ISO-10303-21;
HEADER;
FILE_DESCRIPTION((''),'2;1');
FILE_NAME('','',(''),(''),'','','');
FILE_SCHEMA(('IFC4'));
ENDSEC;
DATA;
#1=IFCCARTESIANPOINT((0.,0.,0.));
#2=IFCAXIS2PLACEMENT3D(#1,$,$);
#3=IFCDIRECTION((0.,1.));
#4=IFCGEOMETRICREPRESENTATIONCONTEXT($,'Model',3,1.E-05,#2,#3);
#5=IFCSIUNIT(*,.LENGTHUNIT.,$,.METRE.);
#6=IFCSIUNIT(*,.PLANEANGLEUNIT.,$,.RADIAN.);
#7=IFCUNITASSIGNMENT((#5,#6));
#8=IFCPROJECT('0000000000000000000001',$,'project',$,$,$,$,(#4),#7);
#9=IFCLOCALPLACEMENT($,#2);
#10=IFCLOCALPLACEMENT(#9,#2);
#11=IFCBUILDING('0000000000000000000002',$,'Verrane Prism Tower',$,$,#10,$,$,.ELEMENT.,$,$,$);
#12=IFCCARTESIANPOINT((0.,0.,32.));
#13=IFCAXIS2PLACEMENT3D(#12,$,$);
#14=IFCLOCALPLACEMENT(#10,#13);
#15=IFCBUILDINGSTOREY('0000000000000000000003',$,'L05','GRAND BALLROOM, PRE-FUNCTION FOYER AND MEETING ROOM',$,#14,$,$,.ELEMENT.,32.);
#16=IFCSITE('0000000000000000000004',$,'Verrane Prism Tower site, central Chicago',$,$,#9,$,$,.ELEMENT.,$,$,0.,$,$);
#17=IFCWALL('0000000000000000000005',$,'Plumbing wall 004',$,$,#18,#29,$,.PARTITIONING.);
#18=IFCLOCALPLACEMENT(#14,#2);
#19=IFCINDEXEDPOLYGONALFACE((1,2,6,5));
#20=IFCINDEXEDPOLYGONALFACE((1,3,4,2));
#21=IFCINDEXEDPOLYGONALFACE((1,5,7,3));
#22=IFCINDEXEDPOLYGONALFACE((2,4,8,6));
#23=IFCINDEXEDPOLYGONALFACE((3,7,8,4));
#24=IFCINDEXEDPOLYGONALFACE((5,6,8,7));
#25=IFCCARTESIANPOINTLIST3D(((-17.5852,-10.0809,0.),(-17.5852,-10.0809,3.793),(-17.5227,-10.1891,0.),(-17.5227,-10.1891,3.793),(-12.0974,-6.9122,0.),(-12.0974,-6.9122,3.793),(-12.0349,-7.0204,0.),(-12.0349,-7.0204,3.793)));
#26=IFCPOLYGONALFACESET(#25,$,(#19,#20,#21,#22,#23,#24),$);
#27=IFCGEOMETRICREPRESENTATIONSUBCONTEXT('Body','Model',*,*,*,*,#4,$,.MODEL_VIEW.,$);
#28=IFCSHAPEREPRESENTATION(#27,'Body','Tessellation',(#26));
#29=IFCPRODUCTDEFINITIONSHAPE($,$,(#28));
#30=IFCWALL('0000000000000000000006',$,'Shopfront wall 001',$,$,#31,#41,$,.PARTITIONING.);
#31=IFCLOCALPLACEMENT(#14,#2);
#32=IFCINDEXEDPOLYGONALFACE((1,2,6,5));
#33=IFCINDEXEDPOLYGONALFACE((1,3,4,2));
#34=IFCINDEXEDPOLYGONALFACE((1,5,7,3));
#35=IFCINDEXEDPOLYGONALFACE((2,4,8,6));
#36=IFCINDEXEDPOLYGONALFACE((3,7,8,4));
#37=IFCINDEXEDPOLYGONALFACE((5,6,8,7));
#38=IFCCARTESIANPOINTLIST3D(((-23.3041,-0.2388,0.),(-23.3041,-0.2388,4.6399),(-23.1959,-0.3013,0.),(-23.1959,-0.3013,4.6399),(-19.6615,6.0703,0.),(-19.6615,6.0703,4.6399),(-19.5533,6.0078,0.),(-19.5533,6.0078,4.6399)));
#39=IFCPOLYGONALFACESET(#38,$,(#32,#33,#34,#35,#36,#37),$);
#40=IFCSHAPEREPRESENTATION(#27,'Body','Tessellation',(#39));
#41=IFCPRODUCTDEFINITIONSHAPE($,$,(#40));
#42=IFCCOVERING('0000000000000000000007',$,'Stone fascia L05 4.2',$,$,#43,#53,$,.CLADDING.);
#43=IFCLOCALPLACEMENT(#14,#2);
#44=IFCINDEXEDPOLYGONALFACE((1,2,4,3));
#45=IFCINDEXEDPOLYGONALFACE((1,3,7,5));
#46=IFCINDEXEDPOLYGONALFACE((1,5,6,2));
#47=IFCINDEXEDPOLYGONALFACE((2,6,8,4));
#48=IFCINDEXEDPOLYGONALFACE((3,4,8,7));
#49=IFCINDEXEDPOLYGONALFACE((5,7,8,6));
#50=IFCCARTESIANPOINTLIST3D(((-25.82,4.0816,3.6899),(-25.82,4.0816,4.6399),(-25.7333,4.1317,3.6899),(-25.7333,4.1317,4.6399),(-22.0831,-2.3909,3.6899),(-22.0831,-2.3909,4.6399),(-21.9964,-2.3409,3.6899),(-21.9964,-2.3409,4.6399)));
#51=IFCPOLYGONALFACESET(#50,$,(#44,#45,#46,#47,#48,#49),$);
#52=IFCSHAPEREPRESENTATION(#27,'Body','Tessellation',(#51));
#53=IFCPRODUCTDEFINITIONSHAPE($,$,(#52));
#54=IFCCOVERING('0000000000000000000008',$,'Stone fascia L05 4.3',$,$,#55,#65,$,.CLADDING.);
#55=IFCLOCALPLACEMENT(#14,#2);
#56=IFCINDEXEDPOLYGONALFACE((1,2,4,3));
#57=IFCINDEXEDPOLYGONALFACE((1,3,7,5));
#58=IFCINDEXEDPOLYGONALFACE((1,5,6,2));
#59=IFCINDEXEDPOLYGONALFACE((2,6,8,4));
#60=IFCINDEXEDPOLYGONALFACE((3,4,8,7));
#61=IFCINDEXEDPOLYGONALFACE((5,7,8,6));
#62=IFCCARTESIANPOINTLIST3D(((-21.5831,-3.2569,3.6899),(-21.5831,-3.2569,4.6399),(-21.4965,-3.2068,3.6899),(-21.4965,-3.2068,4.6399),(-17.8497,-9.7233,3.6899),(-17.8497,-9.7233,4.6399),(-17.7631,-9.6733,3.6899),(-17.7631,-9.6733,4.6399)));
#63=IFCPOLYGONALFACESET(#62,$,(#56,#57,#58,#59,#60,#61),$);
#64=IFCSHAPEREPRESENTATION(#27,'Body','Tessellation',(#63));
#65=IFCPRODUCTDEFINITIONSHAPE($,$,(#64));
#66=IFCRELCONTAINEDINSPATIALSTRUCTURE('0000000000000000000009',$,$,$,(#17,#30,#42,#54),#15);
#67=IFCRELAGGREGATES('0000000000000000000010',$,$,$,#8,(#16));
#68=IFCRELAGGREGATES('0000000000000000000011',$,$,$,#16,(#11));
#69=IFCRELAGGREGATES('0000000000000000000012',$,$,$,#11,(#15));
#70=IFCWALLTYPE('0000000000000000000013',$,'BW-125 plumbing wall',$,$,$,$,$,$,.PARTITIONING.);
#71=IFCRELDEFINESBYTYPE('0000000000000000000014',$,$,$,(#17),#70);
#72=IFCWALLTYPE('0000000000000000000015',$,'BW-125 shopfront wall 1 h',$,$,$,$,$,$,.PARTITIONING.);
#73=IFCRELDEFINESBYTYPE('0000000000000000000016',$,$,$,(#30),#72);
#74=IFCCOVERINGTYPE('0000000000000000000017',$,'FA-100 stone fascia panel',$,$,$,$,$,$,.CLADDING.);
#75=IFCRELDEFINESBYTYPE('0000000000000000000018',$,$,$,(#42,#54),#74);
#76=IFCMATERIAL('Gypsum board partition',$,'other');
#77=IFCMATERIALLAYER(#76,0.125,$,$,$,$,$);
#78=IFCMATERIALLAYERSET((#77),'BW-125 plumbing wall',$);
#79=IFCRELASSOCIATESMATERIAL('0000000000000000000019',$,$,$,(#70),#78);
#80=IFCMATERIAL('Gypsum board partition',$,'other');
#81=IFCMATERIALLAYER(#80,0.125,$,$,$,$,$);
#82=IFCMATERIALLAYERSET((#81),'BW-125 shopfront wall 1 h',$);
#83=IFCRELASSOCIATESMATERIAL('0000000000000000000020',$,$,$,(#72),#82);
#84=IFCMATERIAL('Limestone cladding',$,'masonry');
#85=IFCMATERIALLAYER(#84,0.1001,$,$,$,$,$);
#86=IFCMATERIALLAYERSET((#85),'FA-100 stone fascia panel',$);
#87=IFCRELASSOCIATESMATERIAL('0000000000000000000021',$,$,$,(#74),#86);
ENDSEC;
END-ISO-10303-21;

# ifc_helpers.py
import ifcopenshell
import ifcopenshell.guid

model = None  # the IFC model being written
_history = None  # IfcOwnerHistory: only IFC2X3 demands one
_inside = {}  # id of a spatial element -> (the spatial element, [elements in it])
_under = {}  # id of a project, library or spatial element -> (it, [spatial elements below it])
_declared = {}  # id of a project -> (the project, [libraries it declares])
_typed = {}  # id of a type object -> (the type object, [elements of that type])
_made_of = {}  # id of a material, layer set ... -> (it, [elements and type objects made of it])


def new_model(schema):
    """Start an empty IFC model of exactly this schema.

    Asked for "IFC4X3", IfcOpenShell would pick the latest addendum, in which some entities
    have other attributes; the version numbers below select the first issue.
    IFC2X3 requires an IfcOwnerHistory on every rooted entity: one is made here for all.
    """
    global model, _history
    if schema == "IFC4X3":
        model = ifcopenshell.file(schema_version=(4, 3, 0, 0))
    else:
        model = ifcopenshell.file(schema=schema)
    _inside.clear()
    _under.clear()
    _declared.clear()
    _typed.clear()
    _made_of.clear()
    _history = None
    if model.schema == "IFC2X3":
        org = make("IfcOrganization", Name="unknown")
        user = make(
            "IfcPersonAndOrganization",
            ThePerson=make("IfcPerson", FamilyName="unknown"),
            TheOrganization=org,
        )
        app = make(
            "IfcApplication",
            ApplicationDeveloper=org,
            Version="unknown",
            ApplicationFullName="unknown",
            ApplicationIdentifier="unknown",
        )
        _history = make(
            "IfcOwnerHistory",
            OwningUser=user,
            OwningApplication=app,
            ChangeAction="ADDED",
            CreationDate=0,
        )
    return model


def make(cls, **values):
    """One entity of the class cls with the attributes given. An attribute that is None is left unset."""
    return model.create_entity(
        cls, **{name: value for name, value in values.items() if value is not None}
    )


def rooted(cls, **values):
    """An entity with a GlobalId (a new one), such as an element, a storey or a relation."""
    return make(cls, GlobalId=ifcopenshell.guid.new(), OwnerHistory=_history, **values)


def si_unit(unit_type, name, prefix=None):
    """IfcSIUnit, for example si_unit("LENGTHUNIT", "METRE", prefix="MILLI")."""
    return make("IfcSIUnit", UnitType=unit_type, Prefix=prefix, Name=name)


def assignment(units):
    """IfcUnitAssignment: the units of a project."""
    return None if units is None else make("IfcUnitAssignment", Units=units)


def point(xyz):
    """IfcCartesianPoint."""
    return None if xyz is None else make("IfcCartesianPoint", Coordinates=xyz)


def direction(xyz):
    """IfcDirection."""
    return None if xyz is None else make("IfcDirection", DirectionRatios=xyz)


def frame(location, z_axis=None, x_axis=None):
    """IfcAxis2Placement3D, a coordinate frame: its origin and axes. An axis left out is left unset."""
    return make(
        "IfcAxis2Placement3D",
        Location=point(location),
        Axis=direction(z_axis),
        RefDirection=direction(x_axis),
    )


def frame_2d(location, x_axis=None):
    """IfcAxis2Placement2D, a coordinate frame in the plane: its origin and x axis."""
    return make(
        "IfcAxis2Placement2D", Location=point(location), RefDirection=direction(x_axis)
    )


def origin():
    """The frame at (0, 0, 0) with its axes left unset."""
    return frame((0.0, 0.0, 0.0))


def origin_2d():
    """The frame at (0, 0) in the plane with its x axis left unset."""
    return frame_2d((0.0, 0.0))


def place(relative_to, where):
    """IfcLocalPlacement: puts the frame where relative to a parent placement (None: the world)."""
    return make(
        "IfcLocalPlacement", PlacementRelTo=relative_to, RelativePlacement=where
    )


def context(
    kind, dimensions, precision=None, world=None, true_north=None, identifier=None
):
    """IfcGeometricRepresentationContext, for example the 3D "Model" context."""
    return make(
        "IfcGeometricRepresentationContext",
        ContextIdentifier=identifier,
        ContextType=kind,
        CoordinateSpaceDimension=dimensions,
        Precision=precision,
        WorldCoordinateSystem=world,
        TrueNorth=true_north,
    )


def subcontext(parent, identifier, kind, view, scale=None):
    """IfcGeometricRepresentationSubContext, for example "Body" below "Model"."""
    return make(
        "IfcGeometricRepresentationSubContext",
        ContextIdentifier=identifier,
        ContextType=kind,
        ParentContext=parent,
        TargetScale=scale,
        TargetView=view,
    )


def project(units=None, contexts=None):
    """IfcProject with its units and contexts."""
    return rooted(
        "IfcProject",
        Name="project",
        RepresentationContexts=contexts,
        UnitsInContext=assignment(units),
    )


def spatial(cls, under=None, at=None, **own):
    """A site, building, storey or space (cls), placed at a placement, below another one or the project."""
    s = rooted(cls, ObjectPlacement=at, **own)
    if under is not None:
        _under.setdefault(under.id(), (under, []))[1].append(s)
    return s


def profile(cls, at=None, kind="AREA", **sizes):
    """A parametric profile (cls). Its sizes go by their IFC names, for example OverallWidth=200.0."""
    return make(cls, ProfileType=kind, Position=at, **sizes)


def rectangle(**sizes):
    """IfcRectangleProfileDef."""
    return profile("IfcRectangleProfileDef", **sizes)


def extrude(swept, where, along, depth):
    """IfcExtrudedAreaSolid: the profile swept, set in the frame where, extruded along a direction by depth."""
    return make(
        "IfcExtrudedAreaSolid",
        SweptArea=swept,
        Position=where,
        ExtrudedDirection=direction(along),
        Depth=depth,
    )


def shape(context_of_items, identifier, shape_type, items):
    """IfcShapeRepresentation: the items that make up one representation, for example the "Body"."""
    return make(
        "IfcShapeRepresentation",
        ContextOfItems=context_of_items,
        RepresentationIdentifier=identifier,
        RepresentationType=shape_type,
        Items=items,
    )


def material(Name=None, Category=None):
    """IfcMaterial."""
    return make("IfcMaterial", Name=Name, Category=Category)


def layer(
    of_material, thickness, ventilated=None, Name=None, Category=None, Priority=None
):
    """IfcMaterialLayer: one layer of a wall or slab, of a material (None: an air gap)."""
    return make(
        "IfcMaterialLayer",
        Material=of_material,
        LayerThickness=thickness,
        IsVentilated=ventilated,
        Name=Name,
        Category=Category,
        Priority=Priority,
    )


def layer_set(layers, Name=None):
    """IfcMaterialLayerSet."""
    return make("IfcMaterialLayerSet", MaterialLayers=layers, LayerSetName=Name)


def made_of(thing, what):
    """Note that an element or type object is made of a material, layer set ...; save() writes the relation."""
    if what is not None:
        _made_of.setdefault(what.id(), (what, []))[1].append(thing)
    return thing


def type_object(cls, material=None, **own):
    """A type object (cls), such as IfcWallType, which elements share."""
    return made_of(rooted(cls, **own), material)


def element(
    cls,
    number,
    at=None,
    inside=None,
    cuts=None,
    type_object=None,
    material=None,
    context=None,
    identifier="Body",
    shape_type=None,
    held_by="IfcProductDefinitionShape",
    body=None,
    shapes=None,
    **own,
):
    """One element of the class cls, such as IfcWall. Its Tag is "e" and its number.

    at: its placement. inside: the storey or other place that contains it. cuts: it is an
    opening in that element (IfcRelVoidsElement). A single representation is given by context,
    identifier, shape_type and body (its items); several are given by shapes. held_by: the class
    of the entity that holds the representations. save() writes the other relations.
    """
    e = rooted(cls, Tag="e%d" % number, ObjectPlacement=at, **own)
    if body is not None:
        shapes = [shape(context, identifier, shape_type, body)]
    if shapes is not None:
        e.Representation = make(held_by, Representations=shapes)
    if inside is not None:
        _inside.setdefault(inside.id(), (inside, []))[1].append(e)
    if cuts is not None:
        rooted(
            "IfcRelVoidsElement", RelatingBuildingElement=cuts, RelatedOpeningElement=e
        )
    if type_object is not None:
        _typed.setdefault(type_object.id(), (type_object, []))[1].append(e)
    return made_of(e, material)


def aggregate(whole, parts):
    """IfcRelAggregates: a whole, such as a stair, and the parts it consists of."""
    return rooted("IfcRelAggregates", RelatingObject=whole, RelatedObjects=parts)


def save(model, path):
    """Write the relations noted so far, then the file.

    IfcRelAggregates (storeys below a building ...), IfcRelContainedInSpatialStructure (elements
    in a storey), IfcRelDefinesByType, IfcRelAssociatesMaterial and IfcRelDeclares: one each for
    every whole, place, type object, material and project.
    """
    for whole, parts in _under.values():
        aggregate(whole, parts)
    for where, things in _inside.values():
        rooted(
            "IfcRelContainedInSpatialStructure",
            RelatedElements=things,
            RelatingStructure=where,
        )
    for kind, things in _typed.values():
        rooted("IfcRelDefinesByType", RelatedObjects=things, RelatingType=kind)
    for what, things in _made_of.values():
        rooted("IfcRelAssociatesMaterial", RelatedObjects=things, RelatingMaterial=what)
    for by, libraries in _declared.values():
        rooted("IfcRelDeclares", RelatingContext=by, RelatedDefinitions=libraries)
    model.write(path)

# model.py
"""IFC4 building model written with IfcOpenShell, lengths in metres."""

from ifc_helpers import new_model, si_unit, direction, frame, frame_2d, origin, origin_2d, place, context, subcontext, project, spatial, rectangle, extrude, material, layer, layer_set, type_object, element, save


model = new_model("IFC4")

# Units and contexts
model_context = context("Model", 3, precision=1e-05, world=origin(), true_north=direction((0.0, 1.0)))
body_context = subcontext(model_context, "Body", "Model", "MODEL_VIEW")
ifc_project = project(units=[si_unit("LENGTHUNIT", "METRE"), si_unit("PLANEANGLEUNIT", "RADIAN")], contexts=[model_context])

# Site, building, storey
site_placement = place(None, origin())
site = spatial("IfcSite", under=ifc_project, at=site_placement, Name="Verrane Prism Tower site, central Chicago", CompositionType="ELEMENT", RefElevation=0.0)
building_placement = place(site_placement, origin())
building = spatial("IfcBuilding", under=site, at=building_placement, Name="Verrane Prism Tower", CompositionType="ELEMENT")
storey_placement = place(building_placement, frame((0.0, 0.0, 32.0)))
storey = spatial("IfcBuildingStorey", under=building, at=storey_placement, Name="L05", Description="GRAND BALLROOM, PRE-FUNCTION FOYER AND MEETING ROOM", CompositionType="ELEMENT", Elevation=32.0)

# Walls
ifc_material_1 = material(Name="Gypsum board partition", Category="other")
ifc_layer_1 = layer(ifc_material_1, 0.125)
ifc_layer_set_1 = layer_set([ifc_layer_1], Name="BW-125 plumbing wall")
wall_type_1 = type_object("IfcWallType", Name="BW-125 plumbing wall", PredefinedType="PARTITIONING", material=ifc_layer_set_1)
wall_1_placement = place(storey_placement, frame((-17.554, -10.135, 0.0), z_axis=(0.0, 0.0, 1.0), x_axis=(0.866003, 0.500038, 0.0)))
element("IfcWall", 1, at=wall_1_placement, inside=storey, type_object=wall_type_1, Name="Plumbing wall 004", PredefinedType="PARTITIONING", context=body_context, shape_type="SweptSolid", body=[
    extrude(rectangle(XDim=6.3369, YDim=0.125, at=frame_2d((3.1685, 0.0))), origin(), (0.0, 0.0, 1.0), 3.793),
])
ifc_material_2 = material(Name="Gypsum board partition", Category="other")
ifc_layer_2 = layer(ifc_material_2, 0.125)
ifc_layer_set_2 = layer_set([ifc_layer_2], Name="BW-125 shopfront wall 1 h")
wall_type_2 = type_object("IfcWallType", Name="BW-125 shopfront wall 1 h", PredefinedType="PARTITIONING", material=ifc_layer_set_2)
wall_2_placement = place(storey_placement, frame((-23.25, -0.27, 0.0), z_axis=(0.0, 0.0, 1.0), x_axis=(0.500003, 0.866024, 0.0)))
element("IfcWall", 2, at=wall_2_placement, inside=storey, type_object=wall_type_2, Name="Shopfront wall 001", PredefinedType="PARTITIONING", context=body_context, shape_type="SweptSolid", body=[
    extrude(rectangle(XDim=7.2852, YDim=0.125, at=frame_2d((3.6426, 0.0))), origin(), (0.0, 0.0, 1.0), 4.6399),
])

# Coverings
ifc_material_3 = material(Name="Limestone cladding", Category="masonry")
ifc_layer_3 = layer(ifc_material_3, 0.1001)
ifc_layer_set_3 = layer_set([ifc_layer_3], Name="FA-100 stone fascia panel")
covering_type = type_object("IfcCoveringType", Name="FA-100 stone fascia panel", PredefinedType="CLADDING", material=ifc_layer_set_3)
covering_1_placement = place(storey_placement, frame((-23.9082, 0.8704, 3.6899), z_axis=(0.0, 0.0, 1.0), x_axis=(0.5, -0.866025, 0.0)))
element("IfcCovering", 3, at=covering_1_placement, inside=storey, type_object=covering_type, Name="Stone fascia L05 4.2", PredefinedType="CLADDING", context=body_context, shape_type="SweptSolid", body=[
    extrude(rectangle(XDim=7.4739, YDim=0.1001, at=origin_2d()), origin(), (0.0, 0.0, 1.0), 0.95),
])
covering_2_placement = place(storey_placement, frame((-19.6731, -6.4651, 3.6899), z_axis=(0.0, 0.0, 1.0), x_axis=(0.5, -0.866025, 0.0)))
element("IfcCovering", 4, at=covering_2_placement, inside=storey, type_object=covering_type, Name="Stone fascia L05 4.3", PredefinedType="CLADDING", context=body_context, shape_type="SweptSolid", body=[
    extrude(rectangle(XDim=7.4668, YDim=0.1001, at=origin_2d()), origin(), (0.0, 0.0, 1.0), 0.95),
])

save(model, "model.ifc")
